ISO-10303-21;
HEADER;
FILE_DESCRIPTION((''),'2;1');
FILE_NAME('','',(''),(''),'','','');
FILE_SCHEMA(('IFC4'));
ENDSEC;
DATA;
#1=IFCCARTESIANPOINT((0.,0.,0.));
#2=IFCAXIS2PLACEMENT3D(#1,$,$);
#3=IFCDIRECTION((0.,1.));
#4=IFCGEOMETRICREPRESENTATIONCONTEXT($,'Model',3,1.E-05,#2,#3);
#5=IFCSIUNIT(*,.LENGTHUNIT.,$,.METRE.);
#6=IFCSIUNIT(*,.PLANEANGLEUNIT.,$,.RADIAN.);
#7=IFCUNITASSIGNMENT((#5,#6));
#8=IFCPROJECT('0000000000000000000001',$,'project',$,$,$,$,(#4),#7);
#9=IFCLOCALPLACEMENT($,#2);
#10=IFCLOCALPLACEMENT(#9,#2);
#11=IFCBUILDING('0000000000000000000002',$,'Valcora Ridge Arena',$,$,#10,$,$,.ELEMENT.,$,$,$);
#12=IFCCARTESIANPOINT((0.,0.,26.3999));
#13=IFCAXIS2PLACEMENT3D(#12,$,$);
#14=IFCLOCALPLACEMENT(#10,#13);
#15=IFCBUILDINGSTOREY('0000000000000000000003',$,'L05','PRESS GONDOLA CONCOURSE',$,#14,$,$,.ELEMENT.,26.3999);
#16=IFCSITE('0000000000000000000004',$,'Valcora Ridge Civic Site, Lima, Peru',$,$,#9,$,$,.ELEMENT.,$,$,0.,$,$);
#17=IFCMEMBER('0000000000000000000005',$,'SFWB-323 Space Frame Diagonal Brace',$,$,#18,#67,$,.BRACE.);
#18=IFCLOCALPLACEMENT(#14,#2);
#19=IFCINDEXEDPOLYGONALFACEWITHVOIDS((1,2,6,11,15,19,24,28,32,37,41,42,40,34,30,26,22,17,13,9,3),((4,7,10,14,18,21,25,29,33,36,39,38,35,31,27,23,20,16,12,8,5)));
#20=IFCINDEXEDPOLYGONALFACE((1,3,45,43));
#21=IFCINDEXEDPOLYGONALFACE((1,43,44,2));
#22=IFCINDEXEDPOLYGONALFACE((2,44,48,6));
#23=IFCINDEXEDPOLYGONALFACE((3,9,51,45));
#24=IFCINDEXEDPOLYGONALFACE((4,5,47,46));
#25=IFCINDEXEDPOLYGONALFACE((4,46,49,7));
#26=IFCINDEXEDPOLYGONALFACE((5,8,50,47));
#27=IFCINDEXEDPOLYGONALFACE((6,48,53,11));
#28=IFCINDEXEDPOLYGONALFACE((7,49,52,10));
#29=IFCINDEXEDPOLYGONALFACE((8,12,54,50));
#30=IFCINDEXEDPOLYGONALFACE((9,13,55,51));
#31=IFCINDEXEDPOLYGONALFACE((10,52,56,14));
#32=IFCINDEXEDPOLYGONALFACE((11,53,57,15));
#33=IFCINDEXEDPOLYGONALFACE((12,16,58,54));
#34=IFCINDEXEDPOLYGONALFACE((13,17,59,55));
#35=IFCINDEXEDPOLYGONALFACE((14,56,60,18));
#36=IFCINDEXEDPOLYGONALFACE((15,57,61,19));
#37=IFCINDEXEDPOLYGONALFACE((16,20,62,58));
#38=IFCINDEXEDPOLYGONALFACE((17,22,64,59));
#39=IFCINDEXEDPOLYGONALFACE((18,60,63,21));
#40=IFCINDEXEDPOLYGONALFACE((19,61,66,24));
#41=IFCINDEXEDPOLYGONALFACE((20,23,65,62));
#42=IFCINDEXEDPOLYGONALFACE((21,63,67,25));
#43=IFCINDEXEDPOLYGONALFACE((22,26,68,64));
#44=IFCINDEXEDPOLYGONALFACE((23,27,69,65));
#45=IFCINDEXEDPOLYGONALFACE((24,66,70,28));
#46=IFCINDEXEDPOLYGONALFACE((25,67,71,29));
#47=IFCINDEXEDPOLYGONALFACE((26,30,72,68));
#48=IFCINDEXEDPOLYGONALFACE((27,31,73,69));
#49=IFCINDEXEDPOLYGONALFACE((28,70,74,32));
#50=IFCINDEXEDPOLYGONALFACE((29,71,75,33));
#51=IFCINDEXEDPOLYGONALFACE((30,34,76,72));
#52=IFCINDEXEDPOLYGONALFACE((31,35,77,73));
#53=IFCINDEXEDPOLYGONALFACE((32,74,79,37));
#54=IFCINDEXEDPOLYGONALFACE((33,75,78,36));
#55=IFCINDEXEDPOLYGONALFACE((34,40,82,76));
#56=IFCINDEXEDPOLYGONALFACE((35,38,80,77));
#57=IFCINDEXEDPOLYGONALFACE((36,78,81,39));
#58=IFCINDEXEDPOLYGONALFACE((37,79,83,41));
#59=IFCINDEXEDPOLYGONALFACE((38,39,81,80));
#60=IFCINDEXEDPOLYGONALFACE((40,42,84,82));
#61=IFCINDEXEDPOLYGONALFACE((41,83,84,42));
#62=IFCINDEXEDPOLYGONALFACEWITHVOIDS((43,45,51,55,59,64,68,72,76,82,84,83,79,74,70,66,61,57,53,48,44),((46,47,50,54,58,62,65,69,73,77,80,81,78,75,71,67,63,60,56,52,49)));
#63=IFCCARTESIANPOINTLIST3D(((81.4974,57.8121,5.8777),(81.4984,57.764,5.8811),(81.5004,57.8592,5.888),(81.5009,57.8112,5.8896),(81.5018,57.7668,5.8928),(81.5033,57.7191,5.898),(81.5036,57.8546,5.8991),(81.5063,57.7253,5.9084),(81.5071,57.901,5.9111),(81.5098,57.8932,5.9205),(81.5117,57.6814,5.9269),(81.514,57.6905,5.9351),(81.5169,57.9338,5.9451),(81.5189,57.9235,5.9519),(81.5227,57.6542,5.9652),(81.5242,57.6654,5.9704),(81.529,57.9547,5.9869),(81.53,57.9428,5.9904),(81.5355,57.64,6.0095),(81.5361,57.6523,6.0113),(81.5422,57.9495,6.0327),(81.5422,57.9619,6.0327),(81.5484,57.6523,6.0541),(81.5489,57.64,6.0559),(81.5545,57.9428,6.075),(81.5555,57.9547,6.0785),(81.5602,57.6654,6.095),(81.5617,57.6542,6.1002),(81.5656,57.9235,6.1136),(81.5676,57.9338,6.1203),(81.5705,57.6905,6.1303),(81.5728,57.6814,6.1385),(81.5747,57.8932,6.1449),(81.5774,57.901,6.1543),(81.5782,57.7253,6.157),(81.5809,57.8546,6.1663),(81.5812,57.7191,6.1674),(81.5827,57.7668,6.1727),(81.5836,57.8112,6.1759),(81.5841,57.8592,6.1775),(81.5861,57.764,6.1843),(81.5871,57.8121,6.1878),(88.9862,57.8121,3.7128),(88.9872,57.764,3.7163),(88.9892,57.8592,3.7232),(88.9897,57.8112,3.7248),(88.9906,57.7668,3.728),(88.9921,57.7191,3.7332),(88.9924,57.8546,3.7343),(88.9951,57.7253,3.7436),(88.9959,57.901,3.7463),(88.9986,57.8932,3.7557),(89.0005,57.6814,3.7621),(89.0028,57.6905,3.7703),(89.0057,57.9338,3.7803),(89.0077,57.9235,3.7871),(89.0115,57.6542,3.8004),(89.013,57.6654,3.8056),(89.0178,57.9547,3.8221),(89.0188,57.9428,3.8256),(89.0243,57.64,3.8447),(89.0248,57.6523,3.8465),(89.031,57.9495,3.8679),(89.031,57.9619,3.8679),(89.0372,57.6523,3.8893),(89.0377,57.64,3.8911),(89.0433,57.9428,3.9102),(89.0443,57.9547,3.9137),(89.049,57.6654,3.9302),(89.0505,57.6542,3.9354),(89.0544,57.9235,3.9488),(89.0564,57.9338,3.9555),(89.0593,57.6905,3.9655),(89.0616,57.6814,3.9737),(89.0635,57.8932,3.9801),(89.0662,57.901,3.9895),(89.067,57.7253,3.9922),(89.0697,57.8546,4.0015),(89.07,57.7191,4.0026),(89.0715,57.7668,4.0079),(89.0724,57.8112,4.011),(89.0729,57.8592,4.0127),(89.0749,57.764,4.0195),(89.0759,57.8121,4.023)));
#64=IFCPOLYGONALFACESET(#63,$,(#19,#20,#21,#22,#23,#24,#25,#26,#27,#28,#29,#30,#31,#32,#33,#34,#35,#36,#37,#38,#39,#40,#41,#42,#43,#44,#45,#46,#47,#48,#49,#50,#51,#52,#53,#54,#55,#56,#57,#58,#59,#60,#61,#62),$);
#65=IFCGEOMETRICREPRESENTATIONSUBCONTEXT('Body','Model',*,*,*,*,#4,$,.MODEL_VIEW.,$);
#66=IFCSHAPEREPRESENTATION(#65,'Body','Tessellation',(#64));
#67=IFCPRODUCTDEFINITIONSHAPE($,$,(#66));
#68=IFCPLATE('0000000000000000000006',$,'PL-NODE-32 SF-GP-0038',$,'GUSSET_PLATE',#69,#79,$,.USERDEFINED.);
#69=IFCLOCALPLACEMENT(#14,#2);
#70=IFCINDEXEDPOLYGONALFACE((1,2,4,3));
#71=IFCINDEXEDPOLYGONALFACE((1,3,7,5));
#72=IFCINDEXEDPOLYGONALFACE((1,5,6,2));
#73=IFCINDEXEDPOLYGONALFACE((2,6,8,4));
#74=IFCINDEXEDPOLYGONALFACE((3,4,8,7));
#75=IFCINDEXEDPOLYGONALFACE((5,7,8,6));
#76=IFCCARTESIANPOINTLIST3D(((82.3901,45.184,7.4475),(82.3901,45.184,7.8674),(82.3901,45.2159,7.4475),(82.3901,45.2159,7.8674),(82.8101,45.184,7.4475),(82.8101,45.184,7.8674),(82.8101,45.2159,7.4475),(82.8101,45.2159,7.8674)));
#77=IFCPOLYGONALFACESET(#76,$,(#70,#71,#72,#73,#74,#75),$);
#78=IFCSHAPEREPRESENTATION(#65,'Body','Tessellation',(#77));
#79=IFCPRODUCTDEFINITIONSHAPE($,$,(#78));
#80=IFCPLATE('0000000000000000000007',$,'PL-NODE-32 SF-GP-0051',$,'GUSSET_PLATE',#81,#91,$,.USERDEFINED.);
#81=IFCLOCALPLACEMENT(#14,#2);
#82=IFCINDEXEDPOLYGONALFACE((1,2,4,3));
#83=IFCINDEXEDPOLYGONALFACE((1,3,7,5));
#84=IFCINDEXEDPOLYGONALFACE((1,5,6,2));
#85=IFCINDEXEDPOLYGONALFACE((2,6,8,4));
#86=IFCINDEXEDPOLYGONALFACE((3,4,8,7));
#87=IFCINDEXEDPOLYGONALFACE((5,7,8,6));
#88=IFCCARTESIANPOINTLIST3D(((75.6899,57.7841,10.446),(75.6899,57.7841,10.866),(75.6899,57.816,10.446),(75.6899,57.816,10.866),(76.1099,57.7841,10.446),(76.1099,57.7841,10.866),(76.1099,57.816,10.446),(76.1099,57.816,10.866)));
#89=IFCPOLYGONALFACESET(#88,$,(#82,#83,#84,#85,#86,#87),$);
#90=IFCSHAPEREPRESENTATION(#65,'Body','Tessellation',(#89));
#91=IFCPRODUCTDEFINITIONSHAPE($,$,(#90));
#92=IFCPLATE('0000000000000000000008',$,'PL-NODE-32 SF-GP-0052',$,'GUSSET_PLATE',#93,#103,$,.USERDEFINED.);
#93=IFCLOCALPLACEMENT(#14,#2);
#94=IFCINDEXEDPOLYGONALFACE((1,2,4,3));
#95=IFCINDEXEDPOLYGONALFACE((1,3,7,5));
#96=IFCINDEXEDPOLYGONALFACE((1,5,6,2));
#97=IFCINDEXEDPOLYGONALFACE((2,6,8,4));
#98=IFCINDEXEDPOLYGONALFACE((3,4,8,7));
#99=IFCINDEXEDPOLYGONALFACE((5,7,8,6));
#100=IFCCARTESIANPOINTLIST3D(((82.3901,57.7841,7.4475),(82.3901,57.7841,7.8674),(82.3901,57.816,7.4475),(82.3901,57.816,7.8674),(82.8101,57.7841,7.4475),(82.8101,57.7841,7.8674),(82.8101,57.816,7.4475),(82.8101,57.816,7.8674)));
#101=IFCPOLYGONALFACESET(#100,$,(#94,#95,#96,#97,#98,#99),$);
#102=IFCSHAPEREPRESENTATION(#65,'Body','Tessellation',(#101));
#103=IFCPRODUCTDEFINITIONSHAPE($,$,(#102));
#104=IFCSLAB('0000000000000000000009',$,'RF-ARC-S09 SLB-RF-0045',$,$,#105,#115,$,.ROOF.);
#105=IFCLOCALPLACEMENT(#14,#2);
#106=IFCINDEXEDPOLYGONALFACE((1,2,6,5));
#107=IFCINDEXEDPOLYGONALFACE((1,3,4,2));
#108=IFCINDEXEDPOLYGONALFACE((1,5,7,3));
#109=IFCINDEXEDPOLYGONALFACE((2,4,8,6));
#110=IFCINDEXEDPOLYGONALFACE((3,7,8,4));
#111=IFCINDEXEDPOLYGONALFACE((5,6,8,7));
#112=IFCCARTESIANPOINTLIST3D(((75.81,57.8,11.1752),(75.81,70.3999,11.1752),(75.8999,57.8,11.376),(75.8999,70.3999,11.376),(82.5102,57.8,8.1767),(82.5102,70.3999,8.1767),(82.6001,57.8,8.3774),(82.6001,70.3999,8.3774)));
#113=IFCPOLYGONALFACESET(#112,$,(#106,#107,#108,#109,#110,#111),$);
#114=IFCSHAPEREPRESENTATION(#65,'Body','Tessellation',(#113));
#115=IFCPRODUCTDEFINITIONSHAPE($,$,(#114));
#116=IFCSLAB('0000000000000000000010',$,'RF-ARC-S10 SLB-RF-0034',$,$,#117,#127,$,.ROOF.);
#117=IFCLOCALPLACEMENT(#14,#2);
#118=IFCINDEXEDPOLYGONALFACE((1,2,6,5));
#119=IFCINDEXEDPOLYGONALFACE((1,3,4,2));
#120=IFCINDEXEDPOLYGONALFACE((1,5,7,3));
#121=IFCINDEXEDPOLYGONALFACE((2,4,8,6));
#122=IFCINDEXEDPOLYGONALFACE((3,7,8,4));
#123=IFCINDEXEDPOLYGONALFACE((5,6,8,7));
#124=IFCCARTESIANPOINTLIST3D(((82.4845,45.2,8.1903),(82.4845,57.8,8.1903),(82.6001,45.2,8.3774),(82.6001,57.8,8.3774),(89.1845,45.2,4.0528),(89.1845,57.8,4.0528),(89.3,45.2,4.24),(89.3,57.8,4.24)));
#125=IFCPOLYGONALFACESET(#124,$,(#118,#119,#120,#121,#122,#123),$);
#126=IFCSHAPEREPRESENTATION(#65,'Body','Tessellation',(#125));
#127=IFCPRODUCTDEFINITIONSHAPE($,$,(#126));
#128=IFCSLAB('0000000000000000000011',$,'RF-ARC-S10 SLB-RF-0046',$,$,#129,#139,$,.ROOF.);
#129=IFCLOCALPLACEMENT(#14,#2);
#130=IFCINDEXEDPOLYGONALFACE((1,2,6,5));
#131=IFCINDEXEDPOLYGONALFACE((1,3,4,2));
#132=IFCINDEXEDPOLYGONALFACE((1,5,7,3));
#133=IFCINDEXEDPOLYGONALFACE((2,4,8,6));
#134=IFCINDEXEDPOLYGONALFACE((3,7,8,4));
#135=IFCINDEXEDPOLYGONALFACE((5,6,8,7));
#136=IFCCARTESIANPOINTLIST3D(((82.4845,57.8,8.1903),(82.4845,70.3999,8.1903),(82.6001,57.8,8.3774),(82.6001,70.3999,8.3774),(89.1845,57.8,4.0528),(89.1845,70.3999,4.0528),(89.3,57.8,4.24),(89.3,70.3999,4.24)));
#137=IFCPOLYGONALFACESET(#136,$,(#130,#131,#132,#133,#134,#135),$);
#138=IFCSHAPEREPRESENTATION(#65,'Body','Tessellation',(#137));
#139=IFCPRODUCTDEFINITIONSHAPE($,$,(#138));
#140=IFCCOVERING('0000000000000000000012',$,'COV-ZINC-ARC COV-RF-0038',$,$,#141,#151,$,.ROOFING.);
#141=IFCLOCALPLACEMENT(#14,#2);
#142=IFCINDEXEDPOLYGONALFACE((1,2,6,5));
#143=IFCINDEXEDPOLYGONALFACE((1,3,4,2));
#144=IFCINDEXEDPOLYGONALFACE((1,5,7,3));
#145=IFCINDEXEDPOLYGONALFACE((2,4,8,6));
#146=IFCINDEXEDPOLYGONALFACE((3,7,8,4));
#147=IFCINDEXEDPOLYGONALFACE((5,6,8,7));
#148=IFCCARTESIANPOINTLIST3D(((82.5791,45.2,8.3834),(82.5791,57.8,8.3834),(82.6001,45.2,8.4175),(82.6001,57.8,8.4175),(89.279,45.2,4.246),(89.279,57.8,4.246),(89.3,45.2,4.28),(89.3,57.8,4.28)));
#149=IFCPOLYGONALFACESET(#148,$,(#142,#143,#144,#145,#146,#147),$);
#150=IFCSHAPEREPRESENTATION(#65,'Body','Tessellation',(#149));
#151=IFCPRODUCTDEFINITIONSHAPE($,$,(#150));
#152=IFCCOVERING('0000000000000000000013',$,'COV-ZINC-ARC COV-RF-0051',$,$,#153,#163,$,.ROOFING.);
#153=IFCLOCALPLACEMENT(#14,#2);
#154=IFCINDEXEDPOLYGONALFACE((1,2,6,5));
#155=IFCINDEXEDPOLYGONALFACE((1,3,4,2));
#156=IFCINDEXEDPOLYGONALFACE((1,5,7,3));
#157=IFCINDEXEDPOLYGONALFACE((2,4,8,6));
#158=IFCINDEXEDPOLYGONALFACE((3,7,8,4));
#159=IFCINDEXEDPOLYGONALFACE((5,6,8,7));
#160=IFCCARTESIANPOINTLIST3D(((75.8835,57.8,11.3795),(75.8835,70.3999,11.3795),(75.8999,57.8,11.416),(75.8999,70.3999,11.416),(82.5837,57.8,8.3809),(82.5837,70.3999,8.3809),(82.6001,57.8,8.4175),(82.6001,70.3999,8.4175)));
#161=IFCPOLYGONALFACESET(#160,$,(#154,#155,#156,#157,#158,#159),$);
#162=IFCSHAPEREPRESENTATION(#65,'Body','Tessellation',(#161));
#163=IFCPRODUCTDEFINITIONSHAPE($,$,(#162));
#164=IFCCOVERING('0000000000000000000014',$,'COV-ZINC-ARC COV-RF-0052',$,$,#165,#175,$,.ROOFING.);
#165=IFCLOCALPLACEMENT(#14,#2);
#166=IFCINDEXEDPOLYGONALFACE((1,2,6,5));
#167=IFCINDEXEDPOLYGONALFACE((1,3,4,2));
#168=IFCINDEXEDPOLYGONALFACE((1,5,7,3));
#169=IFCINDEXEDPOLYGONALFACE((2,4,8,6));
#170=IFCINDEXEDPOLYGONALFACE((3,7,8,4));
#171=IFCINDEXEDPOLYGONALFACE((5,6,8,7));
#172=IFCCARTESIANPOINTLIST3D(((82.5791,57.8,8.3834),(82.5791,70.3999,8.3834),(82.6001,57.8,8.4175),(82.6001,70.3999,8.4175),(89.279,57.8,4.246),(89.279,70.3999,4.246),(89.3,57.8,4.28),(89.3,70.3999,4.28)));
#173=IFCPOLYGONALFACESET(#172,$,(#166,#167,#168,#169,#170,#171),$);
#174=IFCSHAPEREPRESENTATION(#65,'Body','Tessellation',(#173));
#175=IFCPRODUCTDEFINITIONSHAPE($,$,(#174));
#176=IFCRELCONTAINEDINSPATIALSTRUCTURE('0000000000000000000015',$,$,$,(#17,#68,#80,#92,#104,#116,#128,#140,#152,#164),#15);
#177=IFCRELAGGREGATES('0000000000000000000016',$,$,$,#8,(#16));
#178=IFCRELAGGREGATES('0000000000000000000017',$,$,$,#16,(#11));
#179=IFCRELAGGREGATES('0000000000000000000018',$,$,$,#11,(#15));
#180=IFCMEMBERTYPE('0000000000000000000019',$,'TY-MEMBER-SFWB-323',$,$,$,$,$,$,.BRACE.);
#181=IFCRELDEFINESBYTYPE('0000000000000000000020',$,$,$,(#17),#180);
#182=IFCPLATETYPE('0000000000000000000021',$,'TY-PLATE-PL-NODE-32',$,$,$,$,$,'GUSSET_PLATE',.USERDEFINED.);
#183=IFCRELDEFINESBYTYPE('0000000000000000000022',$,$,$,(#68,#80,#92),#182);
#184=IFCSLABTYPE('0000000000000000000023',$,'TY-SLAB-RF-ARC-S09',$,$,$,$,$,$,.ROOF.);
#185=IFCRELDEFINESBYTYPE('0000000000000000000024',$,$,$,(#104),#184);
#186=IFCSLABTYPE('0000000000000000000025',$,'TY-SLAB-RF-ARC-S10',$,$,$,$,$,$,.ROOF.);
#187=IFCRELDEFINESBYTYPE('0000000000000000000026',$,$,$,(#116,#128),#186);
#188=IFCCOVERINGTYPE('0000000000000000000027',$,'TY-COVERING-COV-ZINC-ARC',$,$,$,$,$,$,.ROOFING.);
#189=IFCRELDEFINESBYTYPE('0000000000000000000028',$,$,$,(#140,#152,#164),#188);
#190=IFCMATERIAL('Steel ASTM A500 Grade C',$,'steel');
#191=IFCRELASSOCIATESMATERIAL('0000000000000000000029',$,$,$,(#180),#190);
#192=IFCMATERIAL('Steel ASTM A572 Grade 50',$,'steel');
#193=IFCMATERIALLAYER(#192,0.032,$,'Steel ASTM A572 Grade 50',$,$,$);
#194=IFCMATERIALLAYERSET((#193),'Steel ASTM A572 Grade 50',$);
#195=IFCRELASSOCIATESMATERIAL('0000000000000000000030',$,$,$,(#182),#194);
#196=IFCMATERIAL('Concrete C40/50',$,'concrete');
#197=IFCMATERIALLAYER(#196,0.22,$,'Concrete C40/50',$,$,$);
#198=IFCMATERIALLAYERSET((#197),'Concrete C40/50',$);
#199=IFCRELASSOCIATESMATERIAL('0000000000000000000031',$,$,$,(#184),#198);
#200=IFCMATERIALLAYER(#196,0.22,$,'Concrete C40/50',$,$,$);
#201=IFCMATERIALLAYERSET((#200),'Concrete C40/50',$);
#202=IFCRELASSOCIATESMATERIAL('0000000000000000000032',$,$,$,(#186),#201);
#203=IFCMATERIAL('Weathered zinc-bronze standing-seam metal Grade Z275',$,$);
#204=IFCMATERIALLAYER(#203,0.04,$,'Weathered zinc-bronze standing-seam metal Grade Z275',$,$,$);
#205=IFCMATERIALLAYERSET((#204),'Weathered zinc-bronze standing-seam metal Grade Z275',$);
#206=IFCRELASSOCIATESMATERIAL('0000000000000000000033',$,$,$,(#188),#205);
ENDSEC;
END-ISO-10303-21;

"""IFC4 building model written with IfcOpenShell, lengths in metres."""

from ifc_helpers import new_model, si_unit, direction, frame, origin, origin_2d, place, context, subcontext, project, spatial, polyline, rectangle, hollow_circle, outline, extrude, material, layer, layer_set, material_profile, profile_set, type_object, element, save


model = new_model("IFC4")

# Units and contexts
model_context = context("Model", 3, precision=1e-05, world=origin(), true_north=direction((0.0, 1.0)))
body_context = subcontext(model_context, "Body", "Model", "MODEL_VIEW")
ifc_project = project(units=[si_unit("LENGTHUNIT", "METRE"), si_unit("PLANEANGLEUNIT", "RADIAN")], contexts=[model_context])

# Site, building, storey
site_placement = place(None, origin())
site = spatial("IfcSite", under=ifc_project, at=site_placement, Name="Valcora Ridge Civic Site, Lima, Peru", CompositionType="ELEMENT", RefElevation=0.0)
building_placement = place(site_placement, origin())
building = spatial("IfcBuilding", under=site, at=building_placement, Name="Valcora Ridge Arena", CompositionType="ELEMENT")
storey_placement = place(building_placement, frame((0.0, 0.0, 26.3999)))
storey = spatial("IfcBuildingStorey", under=building, at=storey_placement, Name="L05", Description="PRESS GONDOLA CONCOURSE", CompositionType="ELEMENT", Elevation=26.3999)

# Member
ifc_material_1 = material(Name="Steel ASTM A572 Grade 50", Category="steel")
ifc_material_2 = material(Name="Steel ASTM A500 Grade C", Category="steel")
ifc_material_profile_1 = material_profile(ifc_material_2, hollow_circle(Radius=0.1619, WallThickness=0.0125, at=origin_2d()), Name="CHS323X12")
ifc_profile_set_1 = profile_set([ifc_material_profile_1], Name="Steel ASTM A500 Grade C")
member_type_1 = type_object("IfcMemberType", Name="TY-MEMBER-SFWB-323", PredefinedType="BRACE", material=ifc_profile_set_1)
member_1_placement = place(storey_placement, frame((81.5422, 57.8, 6.0327), z_axis=(0.960667, 0.0, -0.277702), x_axis=(0.0, 1.0, 0.0)))
element("IfcMember", 1, at=member_1_placement, inside=storey, type_object=member_type_1, Name="SFWB-323 Space Frame Diagonal Brace", PredefinedType="BRACE", context=body_context, shape_type="SweptSolid", body=[
    extrude(hollow_circle(Radius=0.1619, WallThickness=0.0125, at=origin_2d()), origin(), (0.0, 0.0, 1.0), 7.7954),
])

# Plates
ifc_layer_1 = layer(ifc_material_1, 0.032, Name="Steel ASTM A572 Grade 50")
ifc_layer_set_1 = layer_set([ifc_layer_1], Name="Steel ASTM A572 Grade 50")
plate_type = type_object("IfcPlateType", Name="TY-PLATE-PL-NODE-32", ElementType="GUSSET_PLATE", PredefinedType="USERDEFINED", material=ifc_layer_set_1)
for number, where, z_axis, x_axis, name in (
    (2, (82.6001, 45.2, 7.4475), (0.0, 0.0, 1.0), (1.0, 0.0, 0.0), "PL-NODE-32 SF-GP-0038"),
    (3, (75.8999, 57.8, 10.446), (0.0, 0.0, 1.0), (1.0, 0.0, 0.0), "PL-NODE-32 SF-GP-0051"),
    (4, (82.6001, 57.8, 7.4475), (0.0, 0.0, 1.0), (1.0, 0.0, 0.0), "PL-NODE-32 SF-GP-0052"),
):
    element("IfcPlate", number, at=place(storey_placement, frame(where, z_axis=z_axis, x_axis=x_axis)), inside=storey, type_object=plate_type, Name=name, ObjectType="GUSSET_PLATE", PredefinedType="USERDEFINED", context=body_context, shape_type="SweptSolid", body=[
        extrude(rectangle(XDim=0.4199, YDim=0.032, at=origin_2d()), origin(), (0.0, 0.0, 1.0), 0.4199),
    ])

# Slabs
ifc_material_3 = material(Name="Concrete C40/50", Category="concrete")
ifc_layer_2 = layer(ifc_material_3, 0.22, Name="Concrete C40/50")
ifc_layer_set_2 = layer_set([ifc_layer_2], Name="Concrete C40/50")
slab_type_1 = type_object("IfcSlabType", Name="TY-SLAB-RF-ARC-S09", PredefinedType="ROOF", material=ifc_layer_set_2)
slab_1_placement = place(storey_placement, frame((75.8999, 57.8, 11.376), z_axis=(0.408489, 0.0, 0.912763), x_axis=(0.912763, 0.0, -0.408489)))
element("IfcSlab", 5, at=slab_1_placement, inside=storey, type_object=slab_type_1, Name="RF-ARC-S09 SLB-RF-0045", PredefinedType="ROOF", context=body_context, shape_type="SweptSolid", body=[
    extrude(outline(polyline([(0.0, 0.0), (7.3406, 0.0), (7.3406, 12.5999), (0.0, 12.5999), (0.0, 0.0)])), origin(), (0.0, 0.0, -1.0), 0.22),
])
ifc_layer_3 = layer(ifc_material_3, 0.22, Name="Concrete C40/50")
ifc_layer_set_3 = layer_set([ifc_layer_3], Name="Concrete C40/50")
slab_type_2 = type_object("IfcSlabType", Name="TY-SLAB-RF-ARC-S10", PredefinedType="ROOF", material=ifc_layer_set_3)
slab_2_placement = place(storey_placement, frame((82.6001, 45.2, 8.3774), z_axis=(0.525424, 0.0, 0.850841), x_axis=(0.850841, 0.0, -0.525424)))
element("IfcSlab", 6, at=slab_2_placement, inside=storey, type_object=slab_type_2, Name="RF-ARC-S10 SLB-RF-0034", PredefinedType="ROOF", context=body_context, shape_type="SweptSolid", body=[
    extrude(outline(polyline([(0.0, 0.0), (7.8745, 0.0), (7.8745, 12.6001), (0.0, 12.6001), (0.0, 0.0)])), origin(), (0.0, 0.0, -1.0), 0.22),
])
slab_3_placement = place(storey_placement, frame((82.6001, 57.8, 8.3774), z_axis=(0.525424, 0.0, 0.850841), x_axis=(0.850841, 0.0, -0.525424)))
element("IfcSlab", 7, at=slab_3_placement, inside=storey, type_object=slab_type_2, Name="RF-ARC-S10 SLB-RF-0046", PredefinedType="ROOF", context=body_context, shape_type="SweptSolid", body=[
    extrude(outline(polyline([(0.0, 0.0), (7.8745, 0.0), (7.8745, 12.5999), (0.0, 12.5999), (0.0, 0.0)])), origin(), (0.0, 0.0, -1.0), 0.22),
])

# Coverings
ifc_material_4 = material(Name="Weathered zinc-bronze standing-seam metal Grade Z275")
ifc_layer_4 = layer(ifc_material_4, 0.04, Name="Weathered zinc-bronze standing-seam metal Grade Z275")
ifc_layer_set_4 = layer_set([ifc_layer_4], Name="Weathered zinc-bronze standing-seam metal Grade Z275")
covering_type = type_object("IfcCoveringType", Name="TY-COVERING-COV-ZINC-ARC", PredefinedType="ROOFING", material=ifc_layer_set_4)
covering_1_placement = place(storey_placement, frame((82.6001, 45.2, 8.4175), z_axis=(0.525424, 0.0, 0.850841), x_axis=(0.850841, 0.0, -0.525424)))
element("IfcCovering", 8, at=covering_1_placement, inside=storey, type_object=covering_type, Name="COV-ZINC-ARC COV-RF-0038", PredefinedType="ROOFING", context=body_context, shape_type="SweptSolid", body=[
    extrude(outline(polyline([(0.0, 0.0), (7.8745, 0.0), (7.8745, 12.6001), (0.0, 12.6001), (0.0, 0.0)])), origin(), (0.0, 0.0, -1.0), 0.04),
])
covering_2_placement = place(storey_placement, frame((75.8999, 57.8, 11.416), z_axis=(0.408489, 0.0, 0.912763), x_axis=(0.912763, 0.0, -0.408489)))
element("IfcCovering", 9, at=covering_2_placement, inside=storey, type_object=covering_type, Name="COV-ZINC-ARC COV-RF-0051", PredefinedType="ROOFING", context=body_context, shape_type="SweptSolid", body=[
    extrude(outline(polyline([(0.0, 0.0), (7.3406, 0.0), (7.3406, 12.5999), (0.0, 12.5999), (0.0, 0.0)])), origin(), (0.0, 0.0, -1.0), 0.04),
])
covering_3_placement = place(storey_placement, frame((82.6001, 57.8, 8.4175), z_axis=(0.525424, 0.0, 0.850841), x_axis=(0.850841, 0.0, -0.525424)))
element("IfcCovering", 10, at=covering_3_placement, inside=storey, type_object=covering_type, Name="COV-ZINC-ARC COV-RF-0052", PredefinedType="ROOFING", context=body_context, shape_type="SweptSolid", body=[
    extrude(outline(polyline([(0.0, 0.0), (7.8745, 0.0), (7.8745, 12.5999), (0.0, 12.5999), (0.0, 0.0)])), origin(), (0.0, 0.0, -1.0), 0.04),
])

save(model, "model.ifc")
